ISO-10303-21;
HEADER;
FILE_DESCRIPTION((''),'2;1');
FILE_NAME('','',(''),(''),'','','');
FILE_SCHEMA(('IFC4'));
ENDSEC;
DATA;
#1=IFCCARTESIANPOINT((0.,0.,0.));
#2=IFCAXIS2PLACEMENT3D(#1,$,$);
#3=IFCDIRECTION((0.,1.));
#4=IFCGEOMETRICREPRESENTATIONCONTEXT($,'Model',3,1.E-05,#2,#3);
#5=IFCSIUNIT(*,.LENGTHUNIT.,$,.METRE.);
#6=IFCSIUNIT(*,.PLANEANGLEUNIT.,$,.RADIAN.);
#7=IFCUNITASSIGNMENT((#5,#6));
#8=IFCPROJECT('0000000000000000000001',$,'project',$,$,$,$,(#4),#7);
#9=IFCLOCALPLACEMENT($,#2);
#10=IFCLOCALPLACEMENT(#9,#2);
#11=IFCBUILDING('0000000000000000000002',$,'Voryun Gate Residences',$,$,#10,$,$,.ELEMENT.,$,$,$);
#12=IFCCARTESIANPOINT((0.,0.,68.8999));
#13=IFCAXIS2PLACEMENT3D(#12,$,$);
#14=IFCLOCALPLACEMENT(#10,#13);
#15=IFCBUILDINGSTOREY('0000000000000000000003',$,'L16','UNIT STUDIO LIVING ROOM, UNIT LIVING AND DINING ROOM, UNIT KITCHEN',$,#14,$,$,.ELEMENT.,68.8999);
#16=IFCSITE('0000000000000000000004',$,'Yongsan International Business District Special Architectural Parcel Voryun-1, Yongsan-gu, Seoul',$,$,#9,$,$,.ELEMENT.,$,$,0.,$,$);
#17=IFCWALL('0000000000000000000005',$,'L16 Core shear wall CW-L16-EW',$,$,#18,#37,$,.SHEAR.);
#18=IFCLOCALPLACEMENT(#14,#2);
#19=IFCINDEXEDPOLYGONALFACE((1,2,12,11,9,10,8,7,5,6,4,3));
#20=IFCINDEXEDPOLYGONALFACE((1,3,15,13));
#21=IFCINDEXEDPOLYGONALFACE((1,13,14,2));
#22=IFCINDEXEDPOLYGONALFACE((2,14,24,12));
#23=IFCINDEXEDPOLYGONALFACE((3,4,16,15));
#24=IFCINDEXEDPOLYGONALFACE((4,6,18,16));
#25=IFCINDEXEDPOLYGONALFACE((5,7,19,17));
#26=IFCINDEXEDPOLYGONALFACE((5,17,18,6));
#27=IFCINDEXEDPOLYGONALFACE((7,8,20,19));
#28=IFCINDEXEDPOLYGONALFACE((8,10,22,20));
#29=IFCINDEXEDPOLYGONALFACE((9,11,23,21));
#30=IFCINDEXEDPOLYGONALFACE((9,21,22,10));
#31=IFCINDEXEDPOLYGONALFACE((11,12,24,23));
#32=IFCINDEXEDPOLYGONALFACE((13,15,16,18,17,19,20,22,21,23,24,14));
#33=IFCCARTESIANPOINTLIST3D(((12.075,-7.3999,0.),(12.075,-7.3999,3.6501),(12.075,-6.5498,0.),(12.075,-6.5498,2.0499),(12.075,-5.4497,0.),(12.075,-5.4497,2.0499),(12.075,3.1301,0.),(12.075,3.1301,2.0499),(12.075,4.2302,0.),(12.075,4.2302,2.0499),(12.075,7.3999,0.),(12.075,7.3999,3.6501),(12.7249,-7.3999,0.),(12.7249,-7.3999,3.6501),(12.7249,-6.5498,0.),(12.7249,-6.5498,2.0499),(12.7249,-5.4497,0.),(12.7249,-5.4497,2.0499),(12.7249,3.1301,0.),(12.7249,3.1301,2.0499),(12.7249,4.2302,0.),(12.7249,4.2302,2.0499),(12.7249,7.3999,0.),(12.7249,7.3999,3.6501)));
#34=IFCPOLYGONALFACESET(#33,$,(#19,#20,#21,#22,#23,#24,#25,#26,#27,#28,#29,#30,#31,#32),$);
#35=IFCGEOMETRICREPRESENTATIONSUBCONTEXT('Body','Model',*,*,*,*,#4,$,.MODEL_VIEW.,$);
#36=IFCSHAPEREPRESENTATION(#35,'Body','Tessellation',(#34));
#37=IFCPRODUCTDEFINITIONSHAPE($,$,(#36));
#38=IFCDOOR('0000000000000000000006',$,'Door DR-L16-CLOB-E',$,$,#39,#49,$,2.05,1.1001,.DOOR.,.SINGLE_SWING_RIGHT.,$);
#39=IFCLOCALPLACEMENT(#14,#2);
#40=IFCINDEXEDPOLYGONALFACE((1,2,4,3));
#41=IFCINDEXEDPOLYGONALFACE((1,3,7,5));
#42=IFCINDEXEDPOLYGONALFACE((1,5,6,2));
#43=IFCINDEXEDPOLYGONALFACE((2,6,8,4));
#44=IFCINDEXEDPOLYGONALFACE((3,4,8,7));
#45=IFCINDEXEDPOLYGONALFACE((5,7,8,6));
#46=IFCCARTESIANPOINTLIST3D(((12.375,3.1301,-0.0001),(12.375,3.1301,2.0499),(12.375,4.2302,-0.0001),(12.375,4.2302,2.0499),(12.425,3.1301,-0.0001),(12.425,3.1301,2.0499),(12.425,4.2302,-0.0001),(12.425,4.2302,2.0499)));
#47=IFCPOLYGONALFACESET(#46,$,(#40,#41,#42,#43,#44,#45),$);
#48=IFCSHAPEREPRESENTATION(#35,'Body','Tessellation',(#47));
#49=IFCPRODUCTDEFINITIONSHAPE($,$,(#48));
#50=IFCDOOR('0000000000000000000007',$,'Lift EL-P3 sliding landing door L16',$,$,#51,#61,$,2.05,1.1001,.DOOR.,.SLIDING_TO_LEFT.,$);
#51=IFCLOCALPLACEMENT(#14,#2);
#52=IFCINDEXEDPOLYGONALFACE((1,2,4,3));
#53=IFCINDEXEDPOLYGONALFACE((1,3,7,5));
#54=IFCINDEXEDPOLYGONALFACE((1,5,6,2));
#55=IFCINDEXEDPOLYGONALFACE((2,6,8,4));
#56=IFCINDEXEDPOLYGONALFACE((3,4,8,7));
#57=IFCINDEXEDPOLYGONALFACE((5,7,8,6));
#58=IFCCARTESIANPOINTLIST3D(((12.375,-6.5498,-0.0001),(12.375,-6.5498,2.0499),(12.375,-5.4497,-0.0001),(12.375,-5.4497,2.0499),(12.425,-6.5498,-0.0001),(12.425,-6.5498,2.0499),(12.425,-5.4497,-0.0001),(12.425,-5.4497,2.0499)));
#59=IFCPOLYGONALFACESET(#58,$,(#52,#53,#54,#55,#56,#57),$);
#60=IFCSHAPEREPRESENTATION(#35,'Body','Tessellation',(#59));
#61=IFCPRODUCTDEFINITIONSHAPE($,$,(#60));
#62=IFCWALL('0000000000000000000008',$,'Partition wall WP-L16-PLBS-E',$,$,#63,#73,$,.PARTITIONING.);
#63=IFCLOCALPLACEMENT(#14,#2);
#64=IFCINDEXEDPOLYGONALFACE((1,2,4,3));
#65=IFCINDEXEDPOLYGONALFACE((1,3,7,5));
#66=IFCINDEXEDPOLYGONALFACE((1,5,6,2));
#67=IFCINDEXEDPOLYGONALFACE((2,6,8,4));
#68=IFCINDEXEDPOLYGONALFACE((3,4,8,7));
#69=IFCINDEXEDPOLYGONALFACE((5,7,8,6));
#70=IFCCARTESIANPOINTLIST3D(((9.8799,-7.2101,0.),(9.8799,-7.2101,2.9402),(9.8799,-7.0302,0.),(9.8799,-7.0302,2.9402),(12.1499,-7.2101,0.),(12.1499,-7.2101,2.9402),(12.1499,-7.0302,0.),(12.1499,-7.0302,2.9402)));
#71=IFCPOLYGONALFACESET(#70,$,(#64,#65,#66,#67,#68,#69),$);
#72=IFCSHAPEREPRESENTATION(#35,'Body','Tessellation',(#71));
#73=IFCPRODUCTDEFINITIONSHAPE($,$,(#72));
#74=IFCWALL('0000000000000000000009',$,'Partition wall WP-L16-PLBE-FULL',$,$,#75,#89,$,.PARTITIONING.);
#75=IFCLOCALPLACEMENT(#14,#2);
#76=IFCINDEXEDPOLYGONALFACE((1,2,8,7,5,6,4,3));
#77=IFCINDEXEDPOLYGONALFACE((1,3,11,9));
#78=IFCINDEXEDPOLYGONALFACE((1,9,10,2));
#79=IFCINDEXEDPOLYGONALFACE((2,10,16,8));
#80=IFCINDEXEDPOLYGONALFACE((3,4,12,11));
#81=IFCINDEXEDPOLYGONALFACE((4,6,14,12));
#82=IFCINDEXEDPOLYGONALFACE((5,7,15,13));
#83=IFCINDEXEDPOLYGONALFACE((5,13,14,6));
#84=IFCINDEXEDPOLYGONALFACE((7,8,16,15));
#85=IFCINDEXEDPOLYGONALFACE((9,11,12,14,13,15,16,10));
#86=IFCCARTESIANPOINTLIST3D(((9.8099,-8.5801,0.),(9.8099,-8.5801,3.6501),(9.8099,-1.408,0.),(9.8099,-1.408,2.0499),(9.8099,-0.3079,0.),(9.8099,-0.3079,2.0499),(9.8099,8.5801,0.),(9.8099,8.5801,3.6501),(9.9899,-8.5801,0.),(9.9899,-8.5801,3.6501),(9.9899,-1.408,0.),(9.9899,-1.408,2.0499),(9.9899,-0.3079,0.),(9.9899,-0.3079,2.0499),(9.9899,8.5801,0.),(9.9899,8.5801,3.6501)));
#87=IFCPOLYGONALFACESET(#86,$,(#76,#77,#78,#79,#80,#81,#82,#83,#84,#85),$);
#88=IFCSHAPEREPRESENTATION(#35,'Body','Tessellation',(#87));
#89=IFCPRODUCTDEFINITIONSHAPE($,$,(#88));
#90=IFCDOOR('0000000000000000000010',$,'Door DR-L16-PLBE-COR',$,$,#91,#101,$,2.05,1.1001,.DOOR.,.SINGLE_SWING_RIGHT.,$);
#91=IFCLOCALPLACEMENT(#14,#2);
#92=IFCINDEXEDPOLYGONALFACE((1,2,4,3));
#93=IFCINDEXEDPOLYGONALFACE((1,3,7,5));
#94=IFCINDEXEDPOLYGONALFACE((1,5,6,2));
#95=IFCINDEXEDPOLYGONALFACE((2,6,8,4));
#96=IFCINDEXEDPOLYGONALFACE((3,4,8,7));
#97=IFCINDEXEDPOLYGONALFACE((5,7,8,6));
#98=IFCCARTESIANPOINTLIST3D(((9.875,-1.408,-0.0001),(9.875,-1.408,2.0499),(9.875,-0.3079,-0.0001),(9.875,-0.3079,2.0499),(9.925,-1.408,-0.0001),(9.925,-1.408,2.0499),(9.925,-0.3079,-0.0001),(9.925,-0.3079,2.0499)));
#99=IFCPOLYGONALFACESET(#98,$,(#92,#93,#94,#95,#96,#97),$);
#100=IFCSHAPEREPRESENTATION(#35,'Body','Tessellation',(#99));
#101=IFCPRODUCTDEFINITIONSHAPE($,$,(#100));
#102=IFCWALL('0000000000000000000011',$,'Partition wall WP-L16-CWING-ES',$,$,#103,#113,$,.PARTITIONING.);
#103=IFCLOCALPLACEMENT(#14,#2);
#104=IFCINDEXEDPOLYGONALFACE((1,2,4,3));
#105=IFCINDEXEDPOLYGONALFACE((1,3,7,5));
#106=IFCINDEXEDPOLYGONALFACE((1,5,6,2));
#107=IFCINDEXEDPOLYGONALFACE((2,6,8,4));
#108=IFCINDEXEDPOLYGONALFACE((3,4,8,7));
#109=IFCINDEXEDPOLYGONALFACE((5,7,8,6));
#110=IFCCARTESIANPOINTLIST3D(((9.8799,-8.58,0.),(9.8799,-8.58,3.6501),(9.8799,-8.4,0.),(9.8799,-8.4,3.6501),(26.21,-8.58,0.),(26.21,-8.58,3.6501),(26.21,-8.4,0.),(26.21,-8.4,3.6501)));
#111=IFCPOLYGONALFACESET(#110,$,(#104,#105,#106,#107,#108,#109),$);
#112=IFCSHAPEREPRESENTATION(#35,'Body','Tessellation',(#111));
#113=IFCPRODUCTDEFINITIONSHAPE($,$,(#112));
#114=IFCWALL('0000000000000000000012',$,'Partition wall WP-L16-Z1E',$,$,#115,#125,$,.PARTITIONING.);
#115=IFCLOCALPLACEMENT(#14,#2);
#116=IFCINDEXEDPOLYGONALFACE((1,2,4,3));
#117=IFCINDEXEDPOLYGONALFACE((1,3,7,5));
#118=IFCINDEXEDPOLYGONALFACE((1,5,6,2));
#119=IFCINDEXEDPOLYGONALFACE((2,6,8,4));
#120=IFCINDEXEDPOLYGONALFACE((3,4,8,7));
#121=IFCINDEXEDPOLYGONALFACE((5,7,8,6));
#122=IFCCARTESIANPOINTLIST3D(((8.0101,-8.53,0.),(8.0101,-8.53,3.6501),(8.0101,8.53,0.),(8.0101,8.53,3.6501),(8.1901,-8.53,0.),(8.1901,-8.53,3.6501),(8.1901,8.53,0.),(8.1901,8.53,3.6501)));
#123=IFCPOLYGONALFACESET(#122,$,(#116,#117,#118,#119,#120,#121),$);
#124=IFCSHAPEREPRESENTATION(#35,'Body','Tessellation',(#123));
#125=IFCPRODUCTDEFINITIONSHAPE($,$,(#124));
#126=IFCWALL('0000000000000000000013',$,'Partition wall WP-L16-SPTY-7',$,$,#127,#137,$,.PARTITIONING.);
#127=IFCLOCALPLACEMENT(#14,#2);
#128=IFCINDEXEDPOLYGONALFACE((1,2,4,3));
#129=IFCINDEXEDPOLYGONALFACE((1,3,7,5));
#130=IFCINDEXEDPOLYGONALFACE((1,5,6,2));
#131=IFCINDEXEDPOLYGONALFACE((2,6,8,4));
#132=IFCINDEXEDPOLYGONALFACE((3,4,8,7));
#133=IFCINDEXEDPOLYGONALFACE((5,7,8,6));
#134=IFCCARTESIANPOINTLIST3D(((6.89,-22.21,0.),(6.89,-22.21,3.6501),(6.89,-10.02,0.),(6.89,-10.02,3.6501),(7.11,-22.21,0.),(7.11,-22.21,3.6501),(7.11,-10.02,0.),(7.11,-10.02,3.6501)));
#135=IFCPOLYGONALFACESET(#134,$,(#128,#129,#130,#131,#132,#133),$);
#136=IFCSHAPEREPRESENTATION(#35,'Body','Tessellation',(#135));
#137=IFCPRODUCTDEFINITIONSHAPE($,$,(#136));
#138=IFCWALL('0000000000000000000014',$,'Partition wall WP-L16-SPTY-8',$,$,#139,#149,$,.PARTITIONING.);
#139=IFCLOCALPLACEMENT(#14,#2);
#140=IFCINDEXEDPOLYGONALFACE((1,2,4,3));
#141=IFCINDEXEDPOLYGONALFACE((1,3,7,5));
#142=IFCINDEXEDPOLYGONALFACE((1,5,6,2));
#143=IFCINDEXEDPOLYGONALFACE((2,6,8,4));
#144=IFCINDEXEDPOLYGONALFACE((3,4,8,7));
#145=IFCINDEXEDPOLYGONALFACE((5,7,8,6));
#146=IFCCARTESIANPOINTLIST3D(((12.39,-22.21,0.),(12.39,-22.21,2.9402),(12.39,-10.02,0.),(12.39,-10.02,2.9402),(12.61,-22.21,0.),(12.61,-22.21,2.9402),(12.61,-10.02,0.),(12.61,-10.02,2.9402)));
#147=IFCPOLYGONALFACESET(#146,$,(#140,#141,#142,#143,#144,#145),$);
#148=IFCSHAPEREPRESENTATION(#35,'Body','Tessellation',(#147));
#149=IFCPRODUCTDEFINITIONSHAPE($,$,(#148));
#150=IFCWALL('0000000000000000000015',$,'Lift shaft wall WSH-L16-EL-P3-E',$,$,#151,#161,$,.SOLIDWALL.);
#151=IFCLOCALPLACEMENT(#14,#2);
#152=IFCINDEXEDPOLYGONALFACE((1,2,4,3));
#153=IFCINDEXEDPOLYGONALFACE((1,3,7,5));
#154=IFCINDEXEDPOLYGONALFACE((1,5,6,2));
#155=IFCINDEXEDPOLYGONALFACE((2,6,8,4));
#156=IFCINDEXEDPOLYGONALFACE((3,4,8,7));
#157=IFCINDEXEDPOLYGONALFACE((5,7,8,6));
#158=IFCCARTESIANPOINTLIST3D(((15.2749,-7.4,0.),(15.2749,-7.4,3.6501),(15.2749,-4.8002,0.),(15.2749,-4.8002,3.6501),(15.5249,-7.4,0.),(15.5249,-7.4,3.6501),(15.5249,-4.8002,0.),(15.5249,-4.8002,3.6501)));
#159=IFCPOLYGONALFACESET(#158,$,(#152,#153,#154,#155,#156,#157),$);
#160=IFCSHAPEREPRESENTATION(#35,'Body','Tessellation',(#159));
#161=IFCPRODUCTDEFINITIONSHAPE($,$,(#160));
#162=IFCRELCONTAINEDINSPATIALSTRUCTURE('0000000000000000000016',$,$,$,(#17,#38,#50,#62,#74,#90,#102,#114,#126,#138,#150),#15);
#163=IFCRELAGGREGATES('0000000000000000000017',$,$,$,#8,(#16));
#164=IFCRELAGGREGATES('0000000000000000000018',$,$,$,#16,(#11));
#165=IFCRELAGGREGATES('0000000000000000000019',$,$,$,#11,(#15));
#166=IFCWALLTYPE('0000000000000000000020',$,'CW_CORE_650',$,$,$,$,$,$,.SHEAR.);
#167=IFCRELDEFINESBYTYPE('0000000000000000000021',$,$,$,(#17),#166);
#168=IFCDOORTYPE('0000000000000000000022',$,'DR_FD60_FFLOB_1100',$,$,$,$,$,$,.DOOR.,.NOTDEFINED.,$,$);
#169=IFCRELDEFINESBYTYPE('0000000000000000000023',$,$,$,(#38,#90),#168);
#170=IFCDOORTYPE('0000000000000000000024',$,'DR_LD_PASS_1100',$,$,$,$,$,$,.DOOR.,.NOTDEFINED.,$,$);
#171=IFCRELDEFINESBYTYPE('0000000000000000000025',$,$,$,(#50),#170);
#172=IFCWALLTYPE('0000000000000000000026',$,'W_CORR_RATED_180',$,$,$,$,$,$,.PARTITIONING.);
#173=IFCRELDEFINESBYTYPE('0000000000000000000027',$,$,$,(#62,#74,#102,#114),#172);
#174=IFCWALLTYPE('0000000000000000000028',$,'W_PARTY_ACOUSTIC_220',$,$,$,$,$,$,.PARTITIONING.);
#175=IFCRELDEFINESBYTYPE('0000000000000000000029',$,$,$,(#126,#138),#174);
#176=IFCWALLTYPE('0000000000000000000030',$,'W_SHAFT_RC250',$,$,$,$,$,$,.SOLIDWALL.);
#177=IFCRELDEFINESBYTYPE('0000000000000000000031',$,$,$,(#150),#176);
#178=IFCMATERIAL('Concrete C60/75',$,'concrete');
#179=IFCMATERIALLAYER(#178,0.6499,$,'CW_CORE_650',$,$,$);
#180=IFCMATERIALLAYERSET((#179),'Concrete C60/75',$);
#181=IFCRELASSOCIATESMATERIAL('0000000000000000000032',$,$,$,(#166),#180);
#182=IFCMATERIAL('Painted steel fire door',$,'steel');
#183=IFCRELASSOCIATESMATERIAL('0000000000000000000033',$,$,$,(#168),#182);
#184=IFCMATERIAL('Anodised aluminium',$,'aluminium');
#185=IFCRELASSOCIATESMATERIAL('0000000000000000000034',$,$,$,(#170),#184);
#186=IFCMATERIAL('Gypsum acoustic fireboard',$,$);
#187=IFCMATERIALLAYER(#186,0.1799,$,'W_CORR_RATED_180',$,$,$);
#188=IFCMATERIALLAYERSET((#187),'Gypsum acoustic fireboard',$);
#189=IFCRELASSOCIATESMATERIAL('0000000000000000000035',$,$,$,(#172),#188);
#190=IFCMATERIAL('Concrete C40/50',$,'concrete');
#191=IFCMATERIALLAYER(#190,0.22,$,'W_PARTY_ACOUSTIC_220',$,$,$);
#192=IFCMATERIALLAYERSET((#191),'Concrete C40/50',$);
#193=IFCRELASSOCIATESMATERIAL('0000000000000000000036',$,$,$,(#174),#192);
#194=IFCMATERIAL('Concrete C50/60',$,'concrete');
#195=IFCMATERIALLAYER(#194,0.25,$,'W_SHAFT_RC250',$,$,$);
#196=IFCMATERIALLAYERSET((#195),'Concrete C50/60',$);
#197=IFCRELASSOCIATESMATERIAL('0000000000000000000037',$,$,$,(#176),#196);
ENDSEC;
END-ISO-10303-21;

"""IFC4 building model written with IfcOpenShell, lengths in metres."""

from ifc_helpers import new_model, si_unit, direction, frame, frame_2d, origin, place, context, subcontext, project, spatial, rectangle, extrude, material, layer, layer_set, type_object, element, fill, save


model = new_model("IFC4")

# Units and contexts
model_context = context("Model", 3, precision=1e-05, world=origin(), true_north=direction((0.0, 1.0)))
body_context = subcontext(model_context, "Body", "Model", "MODEL_VIEW")
ifc_project = project(units=[si_unit("LENGTHUNIT", "METRE"), si_unit("PLANEANGLEUNIT", "RADIAN")], contexts=[model_context])

# Site, building, storey
site_placement = place(None, origin())
site = spatial("IfcSite", under=ifc_project, at=site_placement, Name="Yongsan International Business District Special Architectural Parcel Voryun-1, Yongsan-gu, Seoul", CompositionType="ELEMENT", RefElevation=0.0)
building_placement = place(site_placement, origin())
building = spatial("IfcBuilding", under=site, at=building_placement, Name="Voryun Gate Residences", CompositionType="ELEMENT")
storey_placement = place(building_placement, frame((0.0, 0.0, 68.8999)))
storey = spatial("IfcBuildingStorey", under=building, at=storey_placement, Name="L16", Description="UNIT STUDIO LIVING ROOM, UNIT LIVING AND DINING ROOM, UNIT KITCHEN", CompositionType="ELEMENT", Elevation=68.8999)

# Shared definitions
ifc_material_1 = material(Name="Concrete C60/75", Category="concrete")
ifc_layer_1 = layer(ifc_material_1, 0.6499, Name="CW_CORE_650")
ifc_layer_set_1 = layer_set([ifc_layer_1], Name="Concrete C60/75")
wall_type_1 = type_object("IfcWallType", Name="CW_CORE_650", PredefinedType="SHEAR", material=ifc_layer_set_1)

# Wall, openings, doors
wall_1_placement = place(storey_placement, frame((12.3999, -7.3999, 0.0), z_axis=(0.0, 0.0, 1.0), x_axis=(0.0, 1.0, 0.0)))
wall_1 = element("IfcWall", 1, at=wall_1_placement, inside=storey, type_object=wall_type_1, Name="L16 Core shear wall CW-L16-EW", PredefinedType="SHEAR", context=body_context, shape_type="SweptSolid", body=[
    extrude(rectangle(XDim=14.7998, YDim=0.6499, at=frame_2d((7.3999, 0.0))), origin(), (0.0, 0.0, 1.0), 3.6501),
])
opening_1_placement = place(wall_1_placement, frame((0.8501, 0.0, 0.0)))
opening_1 = element("IfcOpeningElement", 2, at=opening_1_placement, cuts=wall_1, PredefinedType="OPENING", context=body_context, shape_type="SweptSolid", body=[
    extrude(rectangle(XDim=1.1001, YDim=2.05, at=frame_2d((0.55, 1.0249))), frame((0.0, 0.335, 0.0), z_axis=(0.0, -1.0, 0.0), x_axis=(1.0, 0.0, 0.0)), (0.0, 0.0, 1.0), 0.6699),
])
opening_2_placement = place(wall_1_placement, frame((10.53, 0.0, 0.0)))
opening_2 = element("IfcOpeningElement", 3, at=opening_2_placement, cuts=wall_1, PredefinedType="OPENING", context=body_context, shape_type="SweptSolid", body=[
    extrude(rectangle(XDim=1.1001, YDim=2.05, at=frame_2d((0.55, 1.0249))), frame((0.0, 0.335, 0.0), z_axis=(0.0, -1.0, 0.0), x_axis=(1.0, 0.0, 0.0)), (0.0, 0.0, 1.0), 0.6699),
])
ifc_material_2 = material(Name="Painted steel fire door", Category="steel")
door_type_1 = type_object("IfcDoorType", Name="DR_FD60_FFLOB_1100", OperationType="NOTDEFINED", PredefinedType="DOOR", material=ifc_material_2)
door_1_placement = place(opening_2_placement, origin())
door_1 = element("IfcDoor", 4, at=door_1_placement, inside=storey, type_object=door_type_1, Name="Door DR-L16-CLOB-E", OperationType="SINGLE_SWING_RIGHT", OverallHeight=2.05, OverallWidth=1.1001, PredefinedType="DOOR", context=body_context, shape_type="SweptSolid", body=[
    extrude(rectangle(XDim=1.1001, YDim=2.05, at=frame_2d((0.55, 1.0249))), frame((0.0, 0.0249, 0.0), z_axis=(0.0, -1.0, 0.0), x_axis=(1.0, 0.0, 0.0)), (0.0, 0.0, 1.0), 0.05),
])
fill(opening_2, door_1)
ifc_material_3 = material(Name="Anodised aluminium", Category="aluminium")
door_type_2 = type_object("IfcDoorType", Name="DR_LD_PASS_1100", OperationType="NOTDEFINED", PredefinedType="DOOR", material=ifc_material_3)
door_2_placement = place(opening_1_placement, origin())
door_2 = element("IfcDoor", 5, at=door_2_placement, inside=storey, type_object=door_type_2, Name="Lift EL-P3 sliding landing door L16", OperationType="SLIDING_TO_LEFT", OverallHeight=2.05, OverallWidth=1.1001, PredefinedType="DOOR", context=body_context, shape_type="SweptSolid", body=[
    extrude(rectangle(XDim=1.1001, YDim=2.05, at=frame_2d((0.55, 1.0249))), frame((0.0, 0.0249, 0.0), z_axis=(0.0, -1.0, 0.0), x_axis=(1.0, 0.0, 0.0)), (0.0, 0.0, 1.0), 0.05),
])
fill(opening_1, door_2)

# Wall
ifc_material_4 = material(Name="Gypsum acoustic fireboard")
ifc_layer_2 = layer(ifc_material_4, 0.1799, Name="W_CORR_RATED_180")
ifc_layer_set_2 = layer_set([ifc_layer_2], Name="Gypsum acoustic fireboard")
wall_type_2 = type_object("IfcWallType", Name="W_CORR_RATED_180", PredefinedType="PARTITIONING", material=ifc_layer_set_2)
wall_2_placement = place(storey_placement, frame((9.8799, -7.1201, 0.0), z_axis=(0.0, 0.0, 1.0), x_axis=(1.0, 0.0, 0.0)))
element("IfcWall", 6, at=wall_2_placement, inside=storey, type_object=wall_type_2, Name="Partition wall WP-L16-PLBS-E", PredefinedType="PARTITIONING", context=body_context, shape_type="SweptSolid", body=[
    extrude(rectangle(XDim=2.27, YDim=0.1799, at=frame_2d((1.135, 0.0))), origin(), (0.0, 0.0, 1.0), 2.9402),
])

# Wall, opening, door
wall_3_placement = place(storey_placement, frame((9.8999, -8.5801, 0.0), z_axis=(0.0, 0.0, 1.0), x_axis=(0.0, 1.0, 0.0)))
wall_3 = element("IfcWall", 7, at=wall_3_placement, inside=storey, type_object=wall_type_2, Name="Partition wall WP-L16-PLBE-FULL", PredefinedType="PARTITIONING", context=body_context, shape_type="SweptSolid", body=[
    extrude(rectangle(XDim=17.1602, YDim=0.1799, at=frame_2d((8.5801, 0.0))), origin(), (0.0, 0.0, 1.0), 3.6501),
])
opening_3_placement = place(wall_3_placement, frame((7.1721, 0.0, 0.0)))
opening_3 = element("IfcOpeningElement", 8, at=opening_3_placement, cuts=wall_3, PredefinedType="OPENING", context=body_context, shape_type="SweptSolid", body=[
    extrude(rectangle(XDim=1.1001, YDim=2.05, at=frame_2d((0.55, 1.0249))), frame((0.0, 0.0999, 0.0), z_axis=(0.0, -1.0, 0.0), x_axis=(1.0, 0.0, 0.0)), (0.0, 0.0, 1.0), 0.2),
])
door_3_placement = place(opening_3_placement, origin())
door_3 = element("IfcDoor", 9, at=door_3_placement, inside=storey, type_object=door_type_1, Name="Door DR-L16-PLBE-COR", OperationType="SINGLE_SWING_RIGHT", OverallHeight=2.05, OverallWidth=1.1001, PredefinedType="DOOR", context=body_context, shape_type="SweptSolid", body=[
    extrude(rectangle(XDim=1.1001, YDim=2.05, at=frame_2d((0.55, 1.0249))), frame((0.0, 0.0249, 0.0), z_axis=(0.0, -1.0, 0.0), x_axis=(1.0, 0.0, 0.0)), (0.0, 0.0, 1.0), 0.05),
])
fill(opening_3, door_3)

# Walls
wall_4_placement = place(storey_placement, frame((9.8799, -8.49, 0.0), z_axis=(0.0, 0.0, 1.0), x_axis=(1.0, 0.0, 0.0)))
element("IfcWall", 10, at=wall_4_placement, inside=storey, type_object=wall_type_2, Name="Partition wall WP-L16-CWING-ES", PredefinedType="PARTITIONING", context=body_context, shape_type="SweptSolid", body=[
    extrude(rectangle(XDim=16.3301, YDim=0.1799, at=frame_2d((8.165, 0.0))), origin(), (0.0, 0.0, 1.0), 3.6501),
])
wall_5_placement = place(storey_placement, frame((8.1001, -8.53, 0.0), z_axis=(0.0, 0.0, 1.0), x_axis=(0.0, 1.0, 0.0)))
element("IfcWall", 11, at=wall_5_placement, inside=storey, type_object=wall_type_2, Name="Partition wall WP-L16-Z1E", PredefinedType="PARTITIONING", context=body_context, shape_type="SweptSolid", body=[
    extrude(rectangle(XDim=17.0601, YDim=0.1799, at=frame_2d((8.53, 0.0))), origin(), (0.0, 0.0, 1.0), 3.6501),
])
ifc_material_5 = material(Name="Concrete C40/50", Category="concrete")
ifc_layer_3 = layer(ifc_material_5, 0.22, Name="W_PARTY_ACOUSTIC_220")
ifc_layer_set_3 = layer_set([ifc_layer_3], Name="Concrete C40/50")
wall_type_3 = type_object("IfcWallType", Name="W_PARTY_ACOUSTIC_220", PredefinedType="PARTITIONING", material=ifc_layer_set_3)
wall_6_placement = place(storey_placement, frame((7.0, -22.21, 0.0), z_axis=(0.0, 0.0, 1.0), x_axis=(0.0, 1.0, 0.0)))
element("IfcWall", 12, at=wall_6_placement, inside=storey, type_object=wall_type_3, Name="Partition wall WP-L16-SPTY-7", PredefinedType="PARTITIONING", context=body_context, shape_type="SweptSolid", body=[
    extrude(rectangle(XDim=12.1899, YDim=0.22, at=frame_2d((6.095, 0.0))), origin(), (0.0, 0.0, 1.0), 3.6501),
])
wall_7_placement = place(storey_placement, frame((12.5, -22.21, 0.0), z_axis=(0.0, 0.0, 1.0), x_axis=(0.0, 1.0, 0.0)))
element("IfcWall", 13, at=wall_7_placement, inside=storey, type_object=wall_type_3, Name="Partition wall WP-L16-SPTY-8", PredefinedType="PARTITIONING", context=body_context, shape_type="SweptSolid", body=[
    extrude(rectangle(XDim=12.1899, YDim=0.22, at=frame_2d((6.095, 0.0))), origin(), (0.0, 0.0, 1.0), 2.9402),
])
ifc_material_6 = material(Name="Concrete C50/60", Category="concrete")
ifc_layer_4 = layer(ifc_material_6, 0.25, Name="W_SHAFT_RC250")
ifc_layer_set_4 = layer_set([ifc_layer_4], Name="Concrete C50/60")
wall_type_4 = type_object("IfcWallType", Name="W_SHAFT_RC250", PredefinedType="SOLIDWALL", material=ifc_layer_set_4)
wall_8_placement = place(storey_placement, frame((15.3999, -7.3999, 0.0), z_axis=(0.0, 0.0, 1.0), x_axis=(0.0, 1.0, 0.0)))
element("IfcWall", 14, at=wall_8_placement, inside=storey, type_object=wall_type_4, Name="Lift shaft wall WSH-L16-EL-P3-E", PredefinedType="SOLIDWALL", context=body_context, shape_type="SweptSolid", body=[
    extrude(rectangle(XDim=2.5999, YDim=0.25, at=frame_2d((1.2998, 0.0))), origin(), (0.0, 0.0, 1.0), 3.6501),
])

save(model, "model.ifc")
